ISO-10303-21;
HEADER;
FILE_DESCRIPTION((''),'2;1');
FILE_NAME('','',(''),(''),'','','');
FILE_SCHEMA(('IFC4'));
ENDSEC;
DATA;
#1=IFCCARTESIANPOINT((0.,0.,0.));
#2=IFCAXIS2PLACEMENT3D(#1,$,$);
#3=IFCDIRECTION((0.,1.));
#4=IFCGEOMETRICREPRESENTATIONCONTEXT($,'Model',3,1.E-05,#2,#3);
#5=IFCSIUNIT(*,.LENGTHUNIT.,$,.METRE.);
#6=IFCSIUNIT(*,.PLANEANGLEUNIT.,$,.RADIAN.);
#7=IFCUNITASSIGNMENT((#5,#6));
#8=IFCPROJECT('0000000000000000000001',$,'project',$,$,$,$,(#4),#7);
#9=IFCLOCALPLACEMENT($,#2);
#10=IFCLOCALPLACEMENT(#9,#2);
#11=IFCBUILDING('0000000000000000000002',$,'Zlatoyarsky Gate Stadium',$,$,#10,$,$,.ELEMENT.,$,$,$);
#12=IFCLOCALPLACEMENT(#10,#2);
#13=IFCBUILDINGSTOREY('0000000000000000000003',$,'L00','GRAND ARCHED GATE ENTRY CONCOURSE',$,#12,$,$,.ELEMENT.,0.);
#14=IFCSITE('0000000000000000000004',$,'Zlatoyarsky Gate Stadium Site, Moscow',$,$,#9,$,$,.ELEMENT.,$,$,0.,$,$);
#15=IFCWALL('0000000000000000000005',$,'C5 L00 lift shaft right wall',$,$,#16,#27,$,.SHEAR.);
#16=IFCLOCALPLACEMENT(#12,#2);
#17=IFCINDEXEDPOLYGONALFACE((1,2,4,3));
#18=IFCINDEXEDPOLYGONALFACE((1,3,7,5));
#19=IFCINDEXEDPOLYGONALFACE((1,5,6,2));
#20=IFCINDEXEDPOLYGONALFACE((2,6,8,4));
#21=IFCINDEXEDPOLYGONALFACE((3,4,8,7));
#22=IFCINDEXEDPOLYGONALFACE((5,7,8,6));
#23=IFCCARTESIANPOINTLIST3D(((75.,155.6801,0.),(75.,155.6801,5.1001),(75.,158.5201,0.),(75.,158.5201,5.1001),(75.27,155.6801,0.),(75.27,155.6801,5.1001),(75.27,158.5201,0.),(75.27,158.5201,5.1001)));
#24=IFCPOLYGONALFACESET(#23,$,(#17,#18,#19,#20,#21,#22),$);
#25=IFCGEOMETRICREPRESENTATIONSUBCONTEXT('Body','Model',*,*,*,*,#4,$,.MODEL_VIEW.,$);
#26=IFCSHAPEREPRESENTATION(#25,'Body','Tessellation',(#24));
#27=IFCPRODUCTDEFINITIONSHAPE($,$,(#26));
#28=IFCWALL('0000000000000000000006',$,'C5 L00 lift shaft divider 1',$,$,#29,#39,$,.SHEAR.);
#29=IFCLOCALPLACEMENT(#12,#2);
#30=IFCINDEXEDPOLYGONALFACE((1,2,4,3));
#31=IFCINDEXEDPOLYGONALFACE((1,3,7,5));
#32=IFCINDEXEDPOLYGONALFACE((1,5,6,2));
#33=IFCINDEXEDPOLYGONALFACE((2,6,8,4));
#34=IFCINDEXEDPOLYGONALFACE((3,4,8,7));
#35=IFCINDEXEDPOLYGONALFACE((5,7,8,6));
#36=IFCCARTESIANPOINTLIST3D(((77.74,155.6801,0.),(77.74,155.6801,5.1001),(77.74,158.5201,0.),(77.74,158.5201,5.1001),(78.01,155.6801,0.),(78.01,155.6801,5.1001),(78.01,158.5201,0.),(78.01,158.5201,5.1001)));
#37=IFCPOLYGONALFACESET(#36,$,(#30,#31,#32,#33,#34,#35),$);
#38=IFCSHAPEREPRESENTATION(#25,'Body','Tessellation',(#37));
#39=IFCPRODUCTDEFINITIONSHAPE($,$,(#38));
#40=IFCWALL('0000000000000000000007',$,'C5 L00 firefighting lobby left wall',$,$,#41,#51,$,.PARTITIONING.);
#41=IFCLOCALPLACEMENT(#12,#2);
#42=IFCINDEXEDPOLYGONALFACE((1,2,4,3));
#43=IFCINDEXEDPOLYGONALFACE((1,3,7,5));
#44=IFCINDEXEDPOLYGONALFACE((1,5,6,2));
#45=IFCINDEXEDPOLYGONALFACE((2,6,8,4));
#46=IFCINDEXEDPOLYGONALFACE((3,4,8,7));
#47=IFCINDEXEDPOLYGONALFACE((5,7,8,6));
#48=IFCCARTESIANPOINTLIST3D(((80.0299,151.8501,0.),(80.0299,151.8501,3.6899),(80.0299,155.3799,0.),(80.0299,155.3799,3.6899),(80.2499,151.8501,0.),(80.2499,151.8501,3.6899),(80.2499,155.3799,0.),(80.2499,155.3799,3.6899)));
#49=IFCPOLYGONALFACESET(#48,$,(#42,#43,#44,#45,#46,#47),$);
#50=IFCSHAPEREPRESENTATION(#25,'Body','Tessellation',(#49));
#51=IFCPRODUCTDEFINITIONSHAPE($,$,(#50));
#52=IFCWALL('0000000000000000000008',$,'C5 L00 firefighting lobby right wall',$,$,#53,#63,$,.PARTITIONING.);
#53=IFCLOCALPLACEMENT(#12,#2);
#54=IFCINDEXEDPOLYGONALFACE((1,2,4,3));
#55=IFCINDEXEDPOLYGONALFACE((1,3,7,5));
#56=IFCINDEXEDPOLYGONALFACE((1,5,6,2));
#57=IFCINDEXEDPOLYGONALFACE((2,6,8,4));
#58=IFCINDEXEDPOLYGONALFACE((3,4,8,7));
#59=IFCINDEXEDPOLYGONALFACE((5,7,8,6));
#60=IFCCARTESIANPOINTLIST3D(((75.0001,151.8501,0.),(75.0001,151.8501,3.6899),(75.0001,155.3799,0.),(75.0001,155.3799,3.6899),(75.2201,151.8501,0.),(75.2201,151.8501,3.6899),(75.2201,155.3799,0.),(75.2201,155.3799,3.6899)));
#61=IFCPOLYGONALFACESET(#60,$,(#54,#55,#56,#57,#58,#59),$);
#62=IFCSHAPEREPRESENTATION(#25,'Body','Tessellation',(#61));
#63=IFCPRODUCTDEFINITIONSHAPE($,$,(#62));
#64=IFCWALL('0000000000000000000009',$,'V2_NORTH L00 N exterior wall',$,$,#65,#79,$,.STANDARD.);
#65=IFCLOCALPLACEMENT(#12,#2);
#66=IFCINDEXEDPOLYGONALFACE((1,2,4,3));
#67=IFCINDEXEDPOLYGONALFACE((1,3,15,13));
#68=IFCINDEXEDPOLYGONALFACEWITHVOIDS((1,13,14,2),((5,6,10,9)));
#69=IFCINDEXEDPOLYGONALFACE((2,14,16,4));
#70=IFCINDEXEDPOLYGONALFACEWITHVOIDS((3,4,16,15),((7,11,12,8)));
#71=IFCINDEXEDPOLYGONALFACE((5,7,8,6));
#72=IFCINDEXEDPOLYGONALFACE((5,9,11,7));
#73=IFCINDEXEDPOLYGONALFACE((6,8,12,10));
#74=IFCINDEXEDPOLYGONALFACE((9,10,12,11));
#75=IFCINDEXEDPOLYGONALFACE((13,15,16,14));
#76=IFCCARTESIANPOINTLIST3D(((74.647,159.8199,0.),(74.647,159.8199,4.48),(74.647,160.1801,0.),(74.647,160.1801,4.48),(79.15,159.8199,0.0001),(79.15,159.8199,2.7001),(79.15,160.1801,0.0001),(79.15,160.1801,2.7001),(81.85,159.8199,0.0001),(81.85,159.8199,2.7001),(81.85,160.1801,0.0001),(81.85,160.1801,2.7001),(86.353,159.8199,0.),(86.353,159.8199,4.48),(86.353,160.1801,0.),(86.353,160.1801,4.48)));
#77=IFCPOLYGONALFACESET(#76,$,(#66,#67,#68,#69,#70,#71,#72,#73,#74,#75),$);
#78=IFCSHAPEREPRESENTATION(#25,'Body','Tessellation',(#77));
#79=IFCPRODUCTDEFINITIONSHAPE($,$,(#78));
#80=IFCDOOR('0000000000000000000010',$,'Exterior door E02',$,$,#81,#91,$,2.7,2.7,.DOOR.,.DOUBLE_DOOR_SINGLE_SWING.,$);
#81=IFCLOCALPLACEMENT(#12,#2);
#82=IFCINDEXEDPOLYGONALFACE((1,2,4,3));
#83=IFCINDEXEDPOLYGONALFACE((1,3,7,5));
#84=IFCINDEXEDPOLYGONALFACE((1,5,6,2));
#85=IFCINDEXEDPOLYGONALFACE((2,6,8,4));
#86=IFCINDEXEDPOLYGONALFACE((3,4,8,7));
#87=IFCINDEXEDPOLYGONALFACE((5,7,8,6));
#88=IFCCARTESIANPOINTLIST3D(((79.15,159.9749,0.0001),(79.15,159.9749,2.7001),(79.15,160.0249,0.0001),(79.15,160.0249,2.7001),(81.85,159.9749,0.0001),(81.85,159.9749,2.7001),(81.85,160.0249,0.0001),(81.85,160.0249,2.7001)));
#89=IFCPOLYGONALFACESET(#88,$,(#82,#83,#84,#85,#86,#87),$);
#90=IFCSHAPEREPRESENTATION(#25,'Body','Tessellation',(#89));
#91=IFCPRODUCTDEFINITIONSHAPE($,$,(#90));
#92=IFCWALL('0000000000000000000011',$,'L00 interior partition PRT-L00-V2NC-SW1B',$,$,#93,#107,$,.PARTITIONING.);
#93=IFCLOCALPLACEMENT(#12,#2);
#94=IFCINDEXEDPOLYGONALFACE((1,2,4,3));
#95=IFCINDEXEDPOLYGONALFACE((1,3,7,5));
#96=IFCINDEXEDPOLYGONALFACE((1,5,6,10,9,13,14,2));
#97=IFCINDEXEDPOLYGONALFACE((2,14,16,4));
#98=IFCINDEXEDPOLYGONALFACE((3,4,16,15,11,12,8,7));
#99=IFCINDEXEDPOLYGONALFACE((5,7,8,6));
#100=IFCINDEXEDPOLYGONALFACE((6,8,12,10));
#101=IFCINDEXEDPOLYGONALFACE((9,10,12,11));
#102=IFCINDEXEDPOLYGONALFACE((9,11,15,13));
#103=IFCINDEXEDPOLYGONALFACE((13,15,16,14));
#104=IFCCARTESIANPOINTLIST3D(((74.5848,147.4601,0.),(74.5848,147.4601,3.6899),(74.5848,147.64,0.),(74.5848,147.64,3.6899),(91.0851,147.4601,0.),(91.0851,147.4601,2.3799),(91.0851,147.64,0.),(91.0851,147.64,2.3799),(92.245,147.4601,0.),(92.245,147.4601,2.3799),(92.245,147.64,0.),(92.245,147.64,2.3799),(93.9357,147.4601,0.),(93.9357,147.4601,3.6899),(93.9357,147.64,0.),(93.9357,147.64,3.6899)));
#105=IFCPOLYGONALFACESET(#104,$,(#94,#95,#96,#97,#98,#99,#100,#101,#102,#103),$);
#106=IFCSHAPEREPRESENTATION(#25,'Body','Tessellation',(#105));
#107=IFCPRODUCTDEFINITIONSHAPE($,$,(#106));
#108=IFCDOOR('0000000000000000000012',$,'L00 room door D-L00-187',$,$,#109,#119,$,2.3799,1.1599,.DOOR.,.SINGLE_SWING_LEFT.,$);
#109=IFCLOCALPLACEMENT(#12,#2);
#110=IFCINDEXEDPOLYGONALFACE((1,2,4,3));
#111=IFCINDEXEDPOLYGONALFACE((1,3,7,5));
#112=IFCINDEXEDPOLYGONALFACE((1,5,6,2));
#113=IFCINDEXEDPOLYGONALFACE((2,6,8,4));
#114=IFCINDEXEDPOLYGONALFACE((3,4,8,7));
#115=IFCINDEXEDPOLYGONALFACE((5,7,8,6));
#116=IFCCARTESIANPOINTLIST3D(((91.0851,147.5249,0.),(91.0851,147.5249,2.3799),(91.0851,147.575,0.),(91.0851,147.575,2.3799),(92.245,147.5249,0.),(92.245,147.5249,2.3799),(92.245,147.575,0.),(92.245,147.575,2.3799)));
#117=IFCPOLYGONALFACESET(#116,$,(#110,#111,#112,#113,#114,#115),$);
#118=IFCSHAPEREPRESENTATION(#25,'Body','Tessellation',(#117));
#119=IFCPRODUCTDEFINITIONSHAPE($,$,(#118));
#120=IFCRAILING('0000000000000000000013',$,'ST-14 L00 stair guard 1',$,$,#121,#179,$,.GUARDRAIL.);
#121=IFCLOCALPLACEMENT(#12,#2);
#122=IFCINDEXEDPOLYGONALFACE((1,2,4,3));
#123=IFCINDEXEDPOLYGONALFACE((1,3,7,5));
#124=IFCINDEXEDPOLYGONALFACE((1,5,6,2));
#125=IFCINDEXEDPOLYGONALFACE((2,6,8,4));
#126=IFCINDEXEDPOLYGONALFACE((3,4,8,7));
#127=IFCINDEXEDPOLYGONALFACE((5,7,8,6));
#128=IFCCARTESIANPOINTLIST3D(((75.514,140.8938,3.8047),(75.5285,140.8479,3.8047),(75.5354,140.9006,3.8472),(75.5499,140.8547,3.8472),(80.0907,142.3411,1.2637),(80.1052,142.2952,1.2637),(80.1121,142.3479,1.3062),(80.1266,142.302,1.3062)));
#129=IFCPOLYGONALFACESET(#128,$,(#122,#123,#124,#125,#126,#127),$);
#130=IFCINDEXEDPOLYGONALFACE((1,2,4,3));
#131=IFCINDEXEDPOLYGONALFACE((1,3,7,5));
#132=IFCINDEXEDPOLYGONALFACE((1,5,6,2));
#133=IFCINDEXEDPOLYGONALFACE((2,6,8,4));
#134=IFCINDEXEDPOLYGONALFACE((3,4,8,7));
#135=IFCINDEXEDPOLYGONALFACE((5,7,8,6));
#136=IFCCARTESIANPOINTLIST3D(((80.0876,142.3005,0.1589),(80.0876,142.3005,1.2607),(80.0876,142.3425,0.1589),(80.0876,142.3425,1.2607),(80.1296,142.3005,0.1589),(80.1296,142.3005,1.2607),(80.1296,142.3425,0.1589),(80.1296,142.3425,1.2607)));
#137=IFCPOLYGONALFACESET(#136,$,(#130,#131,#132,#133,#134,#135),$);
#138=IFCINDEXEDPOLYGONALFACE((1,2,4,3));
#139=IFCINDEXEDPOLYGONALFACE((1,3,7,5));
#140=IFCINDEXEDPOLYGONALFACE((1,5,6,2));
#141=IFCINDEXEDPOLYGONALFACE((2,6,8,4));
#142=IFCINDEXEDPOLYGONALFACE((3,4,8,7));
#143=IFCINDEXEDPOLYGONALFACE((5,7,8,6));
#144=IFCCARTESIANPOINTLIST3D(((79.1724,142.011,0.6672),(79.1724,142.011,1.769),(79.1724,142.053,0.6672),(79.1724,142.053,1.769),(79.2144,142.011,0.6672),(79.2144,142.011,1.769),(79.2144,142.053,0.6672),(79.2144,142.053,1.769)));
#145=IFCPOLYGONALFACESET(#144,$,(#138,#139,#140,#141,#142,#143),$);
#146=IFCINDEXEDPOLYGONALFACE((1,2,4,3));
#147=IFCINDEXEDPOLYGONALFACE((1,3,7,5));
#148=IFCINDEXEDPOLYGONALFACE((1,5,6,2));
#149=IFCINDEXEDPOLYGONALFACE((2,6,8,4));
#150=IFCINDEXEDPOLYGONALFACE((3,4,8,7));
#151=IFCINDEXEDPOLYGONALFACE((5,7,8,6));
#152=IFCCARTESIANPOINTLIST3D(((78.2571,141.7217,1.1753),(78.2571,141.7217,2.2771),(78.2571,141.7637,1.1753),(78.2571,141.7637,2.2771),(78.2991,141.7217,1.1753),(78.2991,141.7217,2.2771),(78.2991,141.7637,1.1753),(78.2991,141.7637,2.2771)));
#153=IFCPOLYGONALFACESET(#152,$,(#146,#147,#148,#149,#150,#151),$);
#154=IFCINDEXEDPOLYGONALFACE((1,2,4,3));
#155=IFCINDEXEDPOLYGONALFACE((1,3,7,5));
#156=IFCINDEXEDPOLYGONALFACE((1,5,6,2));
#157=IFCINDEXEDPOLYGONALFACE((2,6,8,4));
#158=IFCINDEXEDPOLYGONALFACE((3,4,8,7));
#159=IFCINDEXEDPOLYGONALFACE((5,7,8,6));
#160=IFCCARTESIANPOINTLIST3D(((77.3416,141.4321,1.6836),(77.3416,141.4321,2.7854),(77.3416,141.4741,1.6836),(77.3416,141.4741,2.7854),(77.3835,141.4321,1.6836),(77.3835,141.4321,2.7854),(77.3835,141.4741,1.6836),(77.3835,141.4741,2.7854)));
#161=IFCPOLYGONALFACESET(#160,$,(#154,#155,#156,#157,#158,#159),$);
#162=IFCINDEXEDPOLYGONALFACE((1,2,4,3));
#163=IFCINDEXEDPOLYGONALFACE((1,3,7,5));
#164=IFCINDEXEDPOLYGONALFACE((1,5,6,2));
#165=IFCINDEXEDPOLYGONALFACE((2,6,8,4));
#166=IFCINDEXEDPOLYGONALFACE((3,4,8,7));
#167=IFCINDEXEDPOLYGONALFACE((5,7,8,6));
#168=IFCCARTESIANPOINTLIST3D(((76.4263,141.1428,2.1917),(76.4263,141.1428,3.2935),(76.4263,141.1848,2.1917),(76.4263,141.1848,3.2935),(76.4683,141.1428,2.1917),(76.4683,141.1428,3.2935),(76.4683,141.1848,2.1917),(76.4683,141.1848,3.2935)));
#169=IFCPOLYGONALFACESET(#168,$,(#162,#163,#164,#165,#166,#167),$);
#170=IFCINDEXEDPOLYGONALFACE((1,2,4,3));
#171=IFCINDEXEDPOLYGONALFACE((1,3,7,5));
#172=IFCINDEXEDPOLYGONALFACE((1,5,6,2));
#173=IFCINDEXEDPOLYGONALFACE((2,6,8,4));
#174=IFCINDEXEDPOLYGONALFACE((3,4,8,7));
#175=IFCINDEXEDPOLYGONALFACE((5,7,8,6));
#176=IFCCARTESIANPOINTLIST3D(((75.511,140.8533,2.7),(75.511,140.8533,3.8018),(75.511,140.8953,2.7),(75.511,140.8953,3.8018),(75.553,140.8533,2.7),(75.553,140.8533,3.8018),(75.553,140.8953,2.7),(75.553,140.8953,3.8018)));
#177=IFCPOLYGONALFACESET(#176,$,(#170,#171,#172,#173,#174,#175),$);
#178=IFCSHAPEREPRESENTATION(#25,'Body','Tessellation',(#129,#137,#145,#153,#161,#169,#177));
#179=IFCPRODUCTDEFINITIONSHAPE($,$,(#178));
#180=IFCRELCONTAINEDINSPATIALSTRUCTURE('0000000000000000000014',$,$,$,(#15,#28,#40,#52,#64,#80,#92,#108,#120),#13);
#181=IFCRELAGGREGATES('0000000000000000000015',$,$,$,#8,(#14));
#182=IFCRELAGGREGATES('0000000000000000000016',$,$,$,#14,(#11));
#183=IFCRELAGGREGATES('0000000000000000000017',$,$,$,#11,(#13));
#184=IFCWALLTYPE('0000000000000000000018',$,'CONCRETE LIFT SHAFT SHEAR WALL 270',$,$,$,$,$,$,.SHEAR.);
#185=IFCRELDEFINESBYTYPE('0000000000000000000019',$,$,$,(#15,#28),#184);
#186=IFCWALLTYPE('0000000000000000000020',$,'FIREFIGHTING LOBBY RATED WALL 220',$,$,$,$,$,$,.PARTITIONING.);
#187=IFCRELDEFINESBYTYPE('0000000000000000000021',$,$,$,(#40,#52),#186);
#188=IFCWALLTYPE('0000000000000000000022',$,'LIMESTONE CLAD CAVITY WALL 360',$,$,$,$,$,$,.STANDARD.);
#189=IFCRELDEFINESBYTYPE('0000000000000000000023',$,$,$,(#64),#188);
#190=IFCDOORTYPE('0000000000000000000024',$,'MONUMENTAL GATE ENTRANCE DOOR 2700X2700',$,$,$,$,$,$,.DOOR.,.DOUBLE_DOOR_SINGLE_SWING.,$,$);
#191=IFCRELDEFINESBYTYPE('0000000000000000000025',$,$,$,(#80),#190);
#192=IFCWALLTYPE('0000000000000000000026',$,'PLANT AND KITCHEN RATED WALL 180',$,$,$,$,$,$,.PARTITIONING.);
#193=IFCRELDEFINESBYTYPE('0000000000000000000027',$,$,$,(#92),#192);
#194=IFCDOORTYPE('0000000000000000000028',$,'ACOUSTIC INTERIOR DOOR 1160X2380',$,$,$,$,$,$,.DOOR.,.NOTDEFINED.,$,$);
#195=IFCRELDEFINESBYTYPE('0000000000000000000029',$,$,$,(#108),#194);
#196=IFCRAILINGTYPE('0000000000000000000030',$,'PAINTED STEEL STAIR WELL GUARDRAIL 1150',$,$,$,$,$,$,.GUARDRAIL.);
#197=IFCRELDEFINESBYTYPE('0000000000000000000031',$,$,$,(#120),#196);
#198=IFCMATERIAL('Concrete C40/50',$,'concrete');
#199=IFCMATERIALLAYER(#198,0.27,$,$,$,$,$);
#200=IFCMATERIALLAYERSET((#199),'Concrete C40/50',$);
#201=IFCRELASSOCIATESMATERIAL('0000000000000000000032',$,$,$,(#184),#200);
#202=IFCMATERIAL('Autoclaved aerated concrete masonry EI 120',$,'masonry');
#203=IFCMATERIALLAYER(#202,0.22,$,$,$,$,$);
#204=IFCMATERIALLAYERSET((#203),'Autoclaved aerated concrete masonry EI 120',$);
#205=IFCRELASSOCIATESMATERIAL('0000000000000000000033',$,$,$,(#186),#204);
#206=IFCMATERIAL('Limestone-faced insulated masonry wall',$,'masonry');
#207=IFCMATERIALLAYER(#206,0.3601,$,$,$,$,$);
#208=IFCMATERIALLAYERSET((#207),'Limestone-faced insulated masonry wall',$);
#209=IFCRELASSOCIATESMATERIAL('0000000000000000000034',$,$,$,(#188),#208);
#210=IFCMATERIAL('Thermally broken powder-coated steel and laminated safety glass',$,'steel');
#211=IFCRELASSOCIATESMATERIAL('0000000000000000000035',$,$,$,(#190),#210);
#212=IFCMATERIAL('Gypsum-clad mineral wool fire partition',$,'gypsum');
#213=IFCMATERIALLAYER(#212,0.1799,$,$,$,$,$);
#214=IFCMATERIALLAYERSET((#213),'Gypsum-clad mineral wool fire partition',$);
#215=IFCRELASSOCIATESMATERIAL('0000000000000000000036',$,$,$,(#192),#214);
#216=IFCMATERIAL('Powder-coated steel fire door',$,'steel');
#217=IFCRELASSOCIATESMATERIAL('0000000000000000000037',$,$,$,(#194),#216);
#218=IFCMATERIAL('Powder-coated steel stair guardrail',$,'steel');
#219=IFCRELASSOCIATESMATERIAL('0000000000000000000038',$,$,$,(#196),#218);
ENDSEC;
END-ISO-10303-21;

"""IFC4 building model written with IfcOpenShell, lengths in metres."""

from ifc_helpers import new_model, si_unit, direction, frame, frame_2d, origin, origin_2d, place, context, subcontext, project, spatial, rectangle, extrude, material, layer, layer_set, type_object, element, fill, save


model = new_model("IFC4")

# Units and contexts
model_context = context("Model", 3, precision=1e-05, world=origin(), true_north=direction((0.0, 1.0)))
body_context = subcontext(model_context, "Body", "Model", "MODEL_VIEW")
ifc_project = project(units=[si_unit("LENGTHUNIT", "METRE"), si_unit("PLANEANGLEUNIT", "RADIAN")], contexts=[model_context])

# Site, building, storey
site_placement = place(None, origin())
site = spatial("IfcSite", under=ifc_project, at=site_placement, Name="Zlatoyarsky Gate Stadium Site, Moscow", CompositionType="ELEMENT", RefElevation=0.0)
building_placement = place(site_placement, origin())
building = spatial("IfcBuilding", under=site, at=building_placement, Name="Zlatoyarsky Gate Stadium", CompositionType="ELEMENT")
storey_placement = place(building_placement, origin())
storey = spatial("IfcBuildingStorey", under=building, at=storey_placement, Name="L00", Description="GRAND ARCHED GATE ENTRY CONCOURSE", CompositionType="ELEMENT", Elevation=0.0)

# Shared definitions
ifc_material_1 = material(Name="Concrete C40/50", Category="concrete")

# Walls
ifc_layer_1 = layer(ifc_material_1, 0.27)
ifc_layer_set_1 = layer_set([ifc_layer_1], Name="Concrete C40/50")
wall_type_1 = type_object("IfcWallType", Name="CONCRETE LIFT SHAFT SHEAR WALL 270", PredefinedType="SHEAR", material=ifc_layer_set_1)
for number, where, z_axis, x_axis, name in (
    (1, (75.135, 158.52, 0.0), (0.0, 0.0, 1.0), (0.0, -1.0, 0.0), "C5 L00 lift shaft right wall"),
    (2, (77.875, 158.52, 0.0), (0.0, 0.0, 1.0), (0.0, -1.0, 0.0), "C5 L00 lift shaft divider 1"),
):
    element("IfcWall", number, at=place(storey_placement, frame(where, z_axis=z_axis, x_axis=x_axis)), inside=storey, type_object=wall_type_1, Name=name, PredefinedType="SHEAR", context=body_context, shape_type="SweptSolid", body=[
        extrude(rectangle(XDim=2.8401, YDim=0.27, at=frame_2d((1.4199, 0.0))), origin(), (0.0, 0.0, 1.0), 5.1001),
    ])
ifc_material_2 = material(Name="Autoclaved aerated concrete masonry EI 120", Category="masonry")
ifc_layer_2 = layer(ifc_material_2, 0.22)
ifc_layer_set_2 = layer_set([ifc_layer_2], Name="Autoclaved aerated concrete masonry EI 120")
wall_type_2 = type_object("IfcWallType", Name="FIREFIGHTING LOBBY RATED WALL 220", PredefinedType="PARTITIONING", material=ifc_layer_set_2)
for number, where, z_axis, x_axis, name in (
    (3, (80.1399, 155.3799, 0.0), (0.0, 0.0, 1.0), (0.0, -1.0, 0.0), "C5 L00 firefighting lobby left wall"),
    (4, (75.1101, 155.3799, 0.0), (0.0, 0.0, 1.0), (0.0, -1.0, 0.0), "C5 L00 firefighting lobby right wall"),
):
    element("IfcWall", number, at=place(storey_placement, frame(where, z_axis=z_axis, x_axis=x_axis)), inside=storey, type_object=wall_type_2, Name=name, PredefinedType="PARTITIONING", context=body_context, shape_type="SweptSolid", body=[
        extrude(rectangle(XDim=3.5298, YDim=0.22, at=frame_2d((1.7649, 0.0))), origin(), (0.0, 0.0, 1.0), 3.6899),
    ])

# Walls, openings, doors
ifc_material_3 = material(Name="Limestone-faced insulated masonry wall", Category="masonry")
ifc_layer_3 = layer(ifc_material_3, 0.3601)
ifc_layer_set_3 = layer_set([ifc_layer_3], Name="Limestone-faced insulated masonry wall")
wall_type_3 = type_object("IfcWallType", Name="LIMESTONE CLAD CAVITY WALL 360", PredefinedType="STANDARD", material=ifc_layer_set_3)
wall_1_placement = place(storey_placement, frame((74.647, 160.0, 0.0), z_axis=(0.0, 0.0, 1.0), x_axis=(1.0, 0.0, 0.0)))
wall_1 = element("IfcWall", 5, at=wall_1_placement, inside=storey, type_object=wall_type_3, Name="V2_NORTH L00 N exterior wall", PredefinedType="STANDARD", context=body_context, shape_type="SweptSolid", body=[
    extrude(rectangle(XDim=11.7061, YDim=0.3601, at=frame_2d((5.853, 0.0))), origin(), (0.0, 0.0, 1.0), 4.48),
])
opening_1_placement = place(wall_1_placement, frame((4.5029, 0.0, 0.0)))
opening_1 = element("IfcOpeningElement", 6, at=opening_1_placement, cuts=wall_1, PredefinedType="OPENING", context=body_context, shape_type="SweptSolid", body=[
    extrude(rectangle(XDim=2.7, YDim=2.7, at=frame_2d((1.3501, 1.3501))), frame((0.0, 0.1899, 0.0), z_axis=(0.0, -1.0, 0.0), x_axis=(1.0, 0.0, 0.0)), (0.0, 0.0, 1.0), 0.3801),
])
ifc_material_4 = material(Name="Thermally broken powder-coated steel and laminated safety glass", Category="steel")
door_type_1 = type_object("IfcDoorType", Name="MONUMENTAL GATE ENTRANCE DOOR 2700X2700", OperationType="DOUBLE_DOOR_SINGLE_SWING", PredefinedType="DOOR", material=ifc_material_4)
door_1_placement = place(opening_1_placement, origin())
door_1 = element("IfcDoor", 7, at=door_1_placement, inside=storey, type_object=door_type_1, Name="Exterior door E02", OperationType="DOUBLE_DOOR_SINGLE_SWING", OverallHeight=2.7, OverallWidth=2.7, PredefinedType="DOOR", context=body_context, shape_type="SweptSolid", body=[
    extrude(rectangle(XDim=2.7, YDim=2.7, at=frame_2d((1.3501, 1.3501))), frame((0.0, 0.0249, 0.0), z_axis=(0.0, -1.0, 0.0), x_axis=(1.0, 0.0, 0.0)), (0.0, 0.0, 1.0), 0.05),
])
fill(opening_1, door_1)
ifc_material_5 = material(Name="Gypsum-clad mineral wool fire partition", Category="gypsum")
ifc_layer_4 = layer(ifc_material_5, 0.1799)
ifc_layer_set_4 = layer_set([ifc_layer_4], Name="Gypsum-clad mineral wool fire partition")
wall_type_4 = type_object("IfcWallType", Name="PLANT AND KITCHEN RATED WALL 180", PredefinedType="PARTITIONING", material=ifc_layer_set_4)
wall_2_placement = place(storey_placement, frame((74.585, 147.55, 0.0), z_axis=(0.0, 0.0, 1.0), x_axis=(1.0, 0.0, 0.0)))
wall_2 = element("IfcWall", 8, at=wall_2_placement, inside=storey, type_object=wall_type_4, Name="L00 interior partition PRT-L00-V2NC-SW1B", PredefinedType="PARTITIONING", context=body_context, shape_type="SweptSolid", body=[
    extrude(rectangle(XDim=19.3508, YDim=0.1799, at=frame_2d((9.6753, 0.0))), origin(), (0.0, 0.0, 1.0), 3.6899),
])
opening_2_placement = place(wall_2_placement, frame((16.5, 0.0, 0.0)))
opening_2 = element("IfcOpeningElement", 9, at=opening_2_placement, cuts=wall_2, PredefinedType="OPENING", context=body_context, shape_type="SweptSolid", body=[
    extrude(rectangle(XDim=1.1599, YDim=2.3799, at=frame_2d((0.5801, 1.1899))), frame((0.0, 0.0999, 0.0), z_axis=(0.0, -1.0, 0.0), x_axis=(1.0, 0.0, 0.0)), (0.0, 0.0, 1.0), 0.2),
])
ifc_material_6 = material(Name="Powder-coated steel fire door", Category="steel")
door_type_2 = type_object("IfcDoorType", Name="ACOUSTIC INTERIOR DOOR 1160X2380", OperationType="NOTDEFINED", PredefinedType="DOOR", material=ifc_material_6)
door_2_placement = place(opening_2_placement, origin())
door_2 = element("IfcDoor", 10, at=door_2_placement, inside=storey, type_object=door_type_2, Name="L00 room door D-L00-187", OperationType="SINGLE_SWING_LEFT", OverallHeight=2.3799, OverallWidth=1.1599, PredefinedType="DOOR", context=body_context, shape_type="SweptSolid", body=[
    extrude(rectangle(XDim=1.1599, YDim=2.3799, at=frame_2d((0.5801, 1.1899))), frame((0.0, 0.0249, 0.0), z_axis=(0.0, -1.0, 0.0), x_axis=(1.0, 0.0, 0.0)), (0.0, 0.0, 1.0), 0.05),
])
fill(opening_2, door_2)

# Railing
ifc_material_7 = material(Name="Powder-coated steel stair guardrail", Category="steel")
railing_type_1 = type_object("IfcRailingType", Name="PAINTED STEEL STAIR WELL GUARDRAIL 1150", PredefinedType="GUARDRAIL", material=ifc_material_7)
railing_1_placement = place(storey_placement, frame((80.1086, 142.3215, 0.1589)))
element("IfcRailing", 11, at=railing_1_placement, inside=storey, type_object=railing_type_1, Name="ST-14 L00 stair guard 1", PredefinedType="GUARDRAIL", context=body_context, shape_type="SweptSolid", body=[
    extrude(rectangle(XDim=0.0481, YDim=0.0481, at=origin_2d()), frame((0.0, 0.0, 1.126), z_axis=(-0.842672, -0.266476, 0.467861), x_axis=(0.301511, -0.953463, 0.0)), (0.0, 0.0, 1.0), 5.4312),
    extrude(rectangle(XDim=0.042, YDim=0.042, at=origin_2d()), origin(), (0.0, 0.0, 1.0), 1.1018),
    extrude(rectangle(XDim=0.042, YDim=0.042, at=origin_2d()), frame((-0.9153, -0.2896, 0.5083)), (0.0, 0.0, 1.0), 1.1018),
    extrude(rectangle(XDim=0.042, YDim=0.042, at=origin_2d()), frame((-1.8306, -0.5789, 1.0164)), (0.0, 0.0, 1.0), 1.1018),
    extrude(rectangle(XDim=0.042, YDim=0.042, at=origin_2d()), frame((-2.7461, -0.8684, 1.5247)), (0.0, 0.0, 1.0), 1.1018),
    extrude(rectangle(XDim=0.042, YDim=0.042, at=origin_2d()), frame((-3.6614, -1.1577, 2.0327)), (0.0, 0.0, 1.0), 1.1018),
    extrude(rectangle(XDim=0.042, YDim=0.042, at=origin_2d()), frame((-4.5767, -1.4473, 2.541)), (0.0, 0.0, 1.0), 1.1018),
])

save(model, "model.ifc")
